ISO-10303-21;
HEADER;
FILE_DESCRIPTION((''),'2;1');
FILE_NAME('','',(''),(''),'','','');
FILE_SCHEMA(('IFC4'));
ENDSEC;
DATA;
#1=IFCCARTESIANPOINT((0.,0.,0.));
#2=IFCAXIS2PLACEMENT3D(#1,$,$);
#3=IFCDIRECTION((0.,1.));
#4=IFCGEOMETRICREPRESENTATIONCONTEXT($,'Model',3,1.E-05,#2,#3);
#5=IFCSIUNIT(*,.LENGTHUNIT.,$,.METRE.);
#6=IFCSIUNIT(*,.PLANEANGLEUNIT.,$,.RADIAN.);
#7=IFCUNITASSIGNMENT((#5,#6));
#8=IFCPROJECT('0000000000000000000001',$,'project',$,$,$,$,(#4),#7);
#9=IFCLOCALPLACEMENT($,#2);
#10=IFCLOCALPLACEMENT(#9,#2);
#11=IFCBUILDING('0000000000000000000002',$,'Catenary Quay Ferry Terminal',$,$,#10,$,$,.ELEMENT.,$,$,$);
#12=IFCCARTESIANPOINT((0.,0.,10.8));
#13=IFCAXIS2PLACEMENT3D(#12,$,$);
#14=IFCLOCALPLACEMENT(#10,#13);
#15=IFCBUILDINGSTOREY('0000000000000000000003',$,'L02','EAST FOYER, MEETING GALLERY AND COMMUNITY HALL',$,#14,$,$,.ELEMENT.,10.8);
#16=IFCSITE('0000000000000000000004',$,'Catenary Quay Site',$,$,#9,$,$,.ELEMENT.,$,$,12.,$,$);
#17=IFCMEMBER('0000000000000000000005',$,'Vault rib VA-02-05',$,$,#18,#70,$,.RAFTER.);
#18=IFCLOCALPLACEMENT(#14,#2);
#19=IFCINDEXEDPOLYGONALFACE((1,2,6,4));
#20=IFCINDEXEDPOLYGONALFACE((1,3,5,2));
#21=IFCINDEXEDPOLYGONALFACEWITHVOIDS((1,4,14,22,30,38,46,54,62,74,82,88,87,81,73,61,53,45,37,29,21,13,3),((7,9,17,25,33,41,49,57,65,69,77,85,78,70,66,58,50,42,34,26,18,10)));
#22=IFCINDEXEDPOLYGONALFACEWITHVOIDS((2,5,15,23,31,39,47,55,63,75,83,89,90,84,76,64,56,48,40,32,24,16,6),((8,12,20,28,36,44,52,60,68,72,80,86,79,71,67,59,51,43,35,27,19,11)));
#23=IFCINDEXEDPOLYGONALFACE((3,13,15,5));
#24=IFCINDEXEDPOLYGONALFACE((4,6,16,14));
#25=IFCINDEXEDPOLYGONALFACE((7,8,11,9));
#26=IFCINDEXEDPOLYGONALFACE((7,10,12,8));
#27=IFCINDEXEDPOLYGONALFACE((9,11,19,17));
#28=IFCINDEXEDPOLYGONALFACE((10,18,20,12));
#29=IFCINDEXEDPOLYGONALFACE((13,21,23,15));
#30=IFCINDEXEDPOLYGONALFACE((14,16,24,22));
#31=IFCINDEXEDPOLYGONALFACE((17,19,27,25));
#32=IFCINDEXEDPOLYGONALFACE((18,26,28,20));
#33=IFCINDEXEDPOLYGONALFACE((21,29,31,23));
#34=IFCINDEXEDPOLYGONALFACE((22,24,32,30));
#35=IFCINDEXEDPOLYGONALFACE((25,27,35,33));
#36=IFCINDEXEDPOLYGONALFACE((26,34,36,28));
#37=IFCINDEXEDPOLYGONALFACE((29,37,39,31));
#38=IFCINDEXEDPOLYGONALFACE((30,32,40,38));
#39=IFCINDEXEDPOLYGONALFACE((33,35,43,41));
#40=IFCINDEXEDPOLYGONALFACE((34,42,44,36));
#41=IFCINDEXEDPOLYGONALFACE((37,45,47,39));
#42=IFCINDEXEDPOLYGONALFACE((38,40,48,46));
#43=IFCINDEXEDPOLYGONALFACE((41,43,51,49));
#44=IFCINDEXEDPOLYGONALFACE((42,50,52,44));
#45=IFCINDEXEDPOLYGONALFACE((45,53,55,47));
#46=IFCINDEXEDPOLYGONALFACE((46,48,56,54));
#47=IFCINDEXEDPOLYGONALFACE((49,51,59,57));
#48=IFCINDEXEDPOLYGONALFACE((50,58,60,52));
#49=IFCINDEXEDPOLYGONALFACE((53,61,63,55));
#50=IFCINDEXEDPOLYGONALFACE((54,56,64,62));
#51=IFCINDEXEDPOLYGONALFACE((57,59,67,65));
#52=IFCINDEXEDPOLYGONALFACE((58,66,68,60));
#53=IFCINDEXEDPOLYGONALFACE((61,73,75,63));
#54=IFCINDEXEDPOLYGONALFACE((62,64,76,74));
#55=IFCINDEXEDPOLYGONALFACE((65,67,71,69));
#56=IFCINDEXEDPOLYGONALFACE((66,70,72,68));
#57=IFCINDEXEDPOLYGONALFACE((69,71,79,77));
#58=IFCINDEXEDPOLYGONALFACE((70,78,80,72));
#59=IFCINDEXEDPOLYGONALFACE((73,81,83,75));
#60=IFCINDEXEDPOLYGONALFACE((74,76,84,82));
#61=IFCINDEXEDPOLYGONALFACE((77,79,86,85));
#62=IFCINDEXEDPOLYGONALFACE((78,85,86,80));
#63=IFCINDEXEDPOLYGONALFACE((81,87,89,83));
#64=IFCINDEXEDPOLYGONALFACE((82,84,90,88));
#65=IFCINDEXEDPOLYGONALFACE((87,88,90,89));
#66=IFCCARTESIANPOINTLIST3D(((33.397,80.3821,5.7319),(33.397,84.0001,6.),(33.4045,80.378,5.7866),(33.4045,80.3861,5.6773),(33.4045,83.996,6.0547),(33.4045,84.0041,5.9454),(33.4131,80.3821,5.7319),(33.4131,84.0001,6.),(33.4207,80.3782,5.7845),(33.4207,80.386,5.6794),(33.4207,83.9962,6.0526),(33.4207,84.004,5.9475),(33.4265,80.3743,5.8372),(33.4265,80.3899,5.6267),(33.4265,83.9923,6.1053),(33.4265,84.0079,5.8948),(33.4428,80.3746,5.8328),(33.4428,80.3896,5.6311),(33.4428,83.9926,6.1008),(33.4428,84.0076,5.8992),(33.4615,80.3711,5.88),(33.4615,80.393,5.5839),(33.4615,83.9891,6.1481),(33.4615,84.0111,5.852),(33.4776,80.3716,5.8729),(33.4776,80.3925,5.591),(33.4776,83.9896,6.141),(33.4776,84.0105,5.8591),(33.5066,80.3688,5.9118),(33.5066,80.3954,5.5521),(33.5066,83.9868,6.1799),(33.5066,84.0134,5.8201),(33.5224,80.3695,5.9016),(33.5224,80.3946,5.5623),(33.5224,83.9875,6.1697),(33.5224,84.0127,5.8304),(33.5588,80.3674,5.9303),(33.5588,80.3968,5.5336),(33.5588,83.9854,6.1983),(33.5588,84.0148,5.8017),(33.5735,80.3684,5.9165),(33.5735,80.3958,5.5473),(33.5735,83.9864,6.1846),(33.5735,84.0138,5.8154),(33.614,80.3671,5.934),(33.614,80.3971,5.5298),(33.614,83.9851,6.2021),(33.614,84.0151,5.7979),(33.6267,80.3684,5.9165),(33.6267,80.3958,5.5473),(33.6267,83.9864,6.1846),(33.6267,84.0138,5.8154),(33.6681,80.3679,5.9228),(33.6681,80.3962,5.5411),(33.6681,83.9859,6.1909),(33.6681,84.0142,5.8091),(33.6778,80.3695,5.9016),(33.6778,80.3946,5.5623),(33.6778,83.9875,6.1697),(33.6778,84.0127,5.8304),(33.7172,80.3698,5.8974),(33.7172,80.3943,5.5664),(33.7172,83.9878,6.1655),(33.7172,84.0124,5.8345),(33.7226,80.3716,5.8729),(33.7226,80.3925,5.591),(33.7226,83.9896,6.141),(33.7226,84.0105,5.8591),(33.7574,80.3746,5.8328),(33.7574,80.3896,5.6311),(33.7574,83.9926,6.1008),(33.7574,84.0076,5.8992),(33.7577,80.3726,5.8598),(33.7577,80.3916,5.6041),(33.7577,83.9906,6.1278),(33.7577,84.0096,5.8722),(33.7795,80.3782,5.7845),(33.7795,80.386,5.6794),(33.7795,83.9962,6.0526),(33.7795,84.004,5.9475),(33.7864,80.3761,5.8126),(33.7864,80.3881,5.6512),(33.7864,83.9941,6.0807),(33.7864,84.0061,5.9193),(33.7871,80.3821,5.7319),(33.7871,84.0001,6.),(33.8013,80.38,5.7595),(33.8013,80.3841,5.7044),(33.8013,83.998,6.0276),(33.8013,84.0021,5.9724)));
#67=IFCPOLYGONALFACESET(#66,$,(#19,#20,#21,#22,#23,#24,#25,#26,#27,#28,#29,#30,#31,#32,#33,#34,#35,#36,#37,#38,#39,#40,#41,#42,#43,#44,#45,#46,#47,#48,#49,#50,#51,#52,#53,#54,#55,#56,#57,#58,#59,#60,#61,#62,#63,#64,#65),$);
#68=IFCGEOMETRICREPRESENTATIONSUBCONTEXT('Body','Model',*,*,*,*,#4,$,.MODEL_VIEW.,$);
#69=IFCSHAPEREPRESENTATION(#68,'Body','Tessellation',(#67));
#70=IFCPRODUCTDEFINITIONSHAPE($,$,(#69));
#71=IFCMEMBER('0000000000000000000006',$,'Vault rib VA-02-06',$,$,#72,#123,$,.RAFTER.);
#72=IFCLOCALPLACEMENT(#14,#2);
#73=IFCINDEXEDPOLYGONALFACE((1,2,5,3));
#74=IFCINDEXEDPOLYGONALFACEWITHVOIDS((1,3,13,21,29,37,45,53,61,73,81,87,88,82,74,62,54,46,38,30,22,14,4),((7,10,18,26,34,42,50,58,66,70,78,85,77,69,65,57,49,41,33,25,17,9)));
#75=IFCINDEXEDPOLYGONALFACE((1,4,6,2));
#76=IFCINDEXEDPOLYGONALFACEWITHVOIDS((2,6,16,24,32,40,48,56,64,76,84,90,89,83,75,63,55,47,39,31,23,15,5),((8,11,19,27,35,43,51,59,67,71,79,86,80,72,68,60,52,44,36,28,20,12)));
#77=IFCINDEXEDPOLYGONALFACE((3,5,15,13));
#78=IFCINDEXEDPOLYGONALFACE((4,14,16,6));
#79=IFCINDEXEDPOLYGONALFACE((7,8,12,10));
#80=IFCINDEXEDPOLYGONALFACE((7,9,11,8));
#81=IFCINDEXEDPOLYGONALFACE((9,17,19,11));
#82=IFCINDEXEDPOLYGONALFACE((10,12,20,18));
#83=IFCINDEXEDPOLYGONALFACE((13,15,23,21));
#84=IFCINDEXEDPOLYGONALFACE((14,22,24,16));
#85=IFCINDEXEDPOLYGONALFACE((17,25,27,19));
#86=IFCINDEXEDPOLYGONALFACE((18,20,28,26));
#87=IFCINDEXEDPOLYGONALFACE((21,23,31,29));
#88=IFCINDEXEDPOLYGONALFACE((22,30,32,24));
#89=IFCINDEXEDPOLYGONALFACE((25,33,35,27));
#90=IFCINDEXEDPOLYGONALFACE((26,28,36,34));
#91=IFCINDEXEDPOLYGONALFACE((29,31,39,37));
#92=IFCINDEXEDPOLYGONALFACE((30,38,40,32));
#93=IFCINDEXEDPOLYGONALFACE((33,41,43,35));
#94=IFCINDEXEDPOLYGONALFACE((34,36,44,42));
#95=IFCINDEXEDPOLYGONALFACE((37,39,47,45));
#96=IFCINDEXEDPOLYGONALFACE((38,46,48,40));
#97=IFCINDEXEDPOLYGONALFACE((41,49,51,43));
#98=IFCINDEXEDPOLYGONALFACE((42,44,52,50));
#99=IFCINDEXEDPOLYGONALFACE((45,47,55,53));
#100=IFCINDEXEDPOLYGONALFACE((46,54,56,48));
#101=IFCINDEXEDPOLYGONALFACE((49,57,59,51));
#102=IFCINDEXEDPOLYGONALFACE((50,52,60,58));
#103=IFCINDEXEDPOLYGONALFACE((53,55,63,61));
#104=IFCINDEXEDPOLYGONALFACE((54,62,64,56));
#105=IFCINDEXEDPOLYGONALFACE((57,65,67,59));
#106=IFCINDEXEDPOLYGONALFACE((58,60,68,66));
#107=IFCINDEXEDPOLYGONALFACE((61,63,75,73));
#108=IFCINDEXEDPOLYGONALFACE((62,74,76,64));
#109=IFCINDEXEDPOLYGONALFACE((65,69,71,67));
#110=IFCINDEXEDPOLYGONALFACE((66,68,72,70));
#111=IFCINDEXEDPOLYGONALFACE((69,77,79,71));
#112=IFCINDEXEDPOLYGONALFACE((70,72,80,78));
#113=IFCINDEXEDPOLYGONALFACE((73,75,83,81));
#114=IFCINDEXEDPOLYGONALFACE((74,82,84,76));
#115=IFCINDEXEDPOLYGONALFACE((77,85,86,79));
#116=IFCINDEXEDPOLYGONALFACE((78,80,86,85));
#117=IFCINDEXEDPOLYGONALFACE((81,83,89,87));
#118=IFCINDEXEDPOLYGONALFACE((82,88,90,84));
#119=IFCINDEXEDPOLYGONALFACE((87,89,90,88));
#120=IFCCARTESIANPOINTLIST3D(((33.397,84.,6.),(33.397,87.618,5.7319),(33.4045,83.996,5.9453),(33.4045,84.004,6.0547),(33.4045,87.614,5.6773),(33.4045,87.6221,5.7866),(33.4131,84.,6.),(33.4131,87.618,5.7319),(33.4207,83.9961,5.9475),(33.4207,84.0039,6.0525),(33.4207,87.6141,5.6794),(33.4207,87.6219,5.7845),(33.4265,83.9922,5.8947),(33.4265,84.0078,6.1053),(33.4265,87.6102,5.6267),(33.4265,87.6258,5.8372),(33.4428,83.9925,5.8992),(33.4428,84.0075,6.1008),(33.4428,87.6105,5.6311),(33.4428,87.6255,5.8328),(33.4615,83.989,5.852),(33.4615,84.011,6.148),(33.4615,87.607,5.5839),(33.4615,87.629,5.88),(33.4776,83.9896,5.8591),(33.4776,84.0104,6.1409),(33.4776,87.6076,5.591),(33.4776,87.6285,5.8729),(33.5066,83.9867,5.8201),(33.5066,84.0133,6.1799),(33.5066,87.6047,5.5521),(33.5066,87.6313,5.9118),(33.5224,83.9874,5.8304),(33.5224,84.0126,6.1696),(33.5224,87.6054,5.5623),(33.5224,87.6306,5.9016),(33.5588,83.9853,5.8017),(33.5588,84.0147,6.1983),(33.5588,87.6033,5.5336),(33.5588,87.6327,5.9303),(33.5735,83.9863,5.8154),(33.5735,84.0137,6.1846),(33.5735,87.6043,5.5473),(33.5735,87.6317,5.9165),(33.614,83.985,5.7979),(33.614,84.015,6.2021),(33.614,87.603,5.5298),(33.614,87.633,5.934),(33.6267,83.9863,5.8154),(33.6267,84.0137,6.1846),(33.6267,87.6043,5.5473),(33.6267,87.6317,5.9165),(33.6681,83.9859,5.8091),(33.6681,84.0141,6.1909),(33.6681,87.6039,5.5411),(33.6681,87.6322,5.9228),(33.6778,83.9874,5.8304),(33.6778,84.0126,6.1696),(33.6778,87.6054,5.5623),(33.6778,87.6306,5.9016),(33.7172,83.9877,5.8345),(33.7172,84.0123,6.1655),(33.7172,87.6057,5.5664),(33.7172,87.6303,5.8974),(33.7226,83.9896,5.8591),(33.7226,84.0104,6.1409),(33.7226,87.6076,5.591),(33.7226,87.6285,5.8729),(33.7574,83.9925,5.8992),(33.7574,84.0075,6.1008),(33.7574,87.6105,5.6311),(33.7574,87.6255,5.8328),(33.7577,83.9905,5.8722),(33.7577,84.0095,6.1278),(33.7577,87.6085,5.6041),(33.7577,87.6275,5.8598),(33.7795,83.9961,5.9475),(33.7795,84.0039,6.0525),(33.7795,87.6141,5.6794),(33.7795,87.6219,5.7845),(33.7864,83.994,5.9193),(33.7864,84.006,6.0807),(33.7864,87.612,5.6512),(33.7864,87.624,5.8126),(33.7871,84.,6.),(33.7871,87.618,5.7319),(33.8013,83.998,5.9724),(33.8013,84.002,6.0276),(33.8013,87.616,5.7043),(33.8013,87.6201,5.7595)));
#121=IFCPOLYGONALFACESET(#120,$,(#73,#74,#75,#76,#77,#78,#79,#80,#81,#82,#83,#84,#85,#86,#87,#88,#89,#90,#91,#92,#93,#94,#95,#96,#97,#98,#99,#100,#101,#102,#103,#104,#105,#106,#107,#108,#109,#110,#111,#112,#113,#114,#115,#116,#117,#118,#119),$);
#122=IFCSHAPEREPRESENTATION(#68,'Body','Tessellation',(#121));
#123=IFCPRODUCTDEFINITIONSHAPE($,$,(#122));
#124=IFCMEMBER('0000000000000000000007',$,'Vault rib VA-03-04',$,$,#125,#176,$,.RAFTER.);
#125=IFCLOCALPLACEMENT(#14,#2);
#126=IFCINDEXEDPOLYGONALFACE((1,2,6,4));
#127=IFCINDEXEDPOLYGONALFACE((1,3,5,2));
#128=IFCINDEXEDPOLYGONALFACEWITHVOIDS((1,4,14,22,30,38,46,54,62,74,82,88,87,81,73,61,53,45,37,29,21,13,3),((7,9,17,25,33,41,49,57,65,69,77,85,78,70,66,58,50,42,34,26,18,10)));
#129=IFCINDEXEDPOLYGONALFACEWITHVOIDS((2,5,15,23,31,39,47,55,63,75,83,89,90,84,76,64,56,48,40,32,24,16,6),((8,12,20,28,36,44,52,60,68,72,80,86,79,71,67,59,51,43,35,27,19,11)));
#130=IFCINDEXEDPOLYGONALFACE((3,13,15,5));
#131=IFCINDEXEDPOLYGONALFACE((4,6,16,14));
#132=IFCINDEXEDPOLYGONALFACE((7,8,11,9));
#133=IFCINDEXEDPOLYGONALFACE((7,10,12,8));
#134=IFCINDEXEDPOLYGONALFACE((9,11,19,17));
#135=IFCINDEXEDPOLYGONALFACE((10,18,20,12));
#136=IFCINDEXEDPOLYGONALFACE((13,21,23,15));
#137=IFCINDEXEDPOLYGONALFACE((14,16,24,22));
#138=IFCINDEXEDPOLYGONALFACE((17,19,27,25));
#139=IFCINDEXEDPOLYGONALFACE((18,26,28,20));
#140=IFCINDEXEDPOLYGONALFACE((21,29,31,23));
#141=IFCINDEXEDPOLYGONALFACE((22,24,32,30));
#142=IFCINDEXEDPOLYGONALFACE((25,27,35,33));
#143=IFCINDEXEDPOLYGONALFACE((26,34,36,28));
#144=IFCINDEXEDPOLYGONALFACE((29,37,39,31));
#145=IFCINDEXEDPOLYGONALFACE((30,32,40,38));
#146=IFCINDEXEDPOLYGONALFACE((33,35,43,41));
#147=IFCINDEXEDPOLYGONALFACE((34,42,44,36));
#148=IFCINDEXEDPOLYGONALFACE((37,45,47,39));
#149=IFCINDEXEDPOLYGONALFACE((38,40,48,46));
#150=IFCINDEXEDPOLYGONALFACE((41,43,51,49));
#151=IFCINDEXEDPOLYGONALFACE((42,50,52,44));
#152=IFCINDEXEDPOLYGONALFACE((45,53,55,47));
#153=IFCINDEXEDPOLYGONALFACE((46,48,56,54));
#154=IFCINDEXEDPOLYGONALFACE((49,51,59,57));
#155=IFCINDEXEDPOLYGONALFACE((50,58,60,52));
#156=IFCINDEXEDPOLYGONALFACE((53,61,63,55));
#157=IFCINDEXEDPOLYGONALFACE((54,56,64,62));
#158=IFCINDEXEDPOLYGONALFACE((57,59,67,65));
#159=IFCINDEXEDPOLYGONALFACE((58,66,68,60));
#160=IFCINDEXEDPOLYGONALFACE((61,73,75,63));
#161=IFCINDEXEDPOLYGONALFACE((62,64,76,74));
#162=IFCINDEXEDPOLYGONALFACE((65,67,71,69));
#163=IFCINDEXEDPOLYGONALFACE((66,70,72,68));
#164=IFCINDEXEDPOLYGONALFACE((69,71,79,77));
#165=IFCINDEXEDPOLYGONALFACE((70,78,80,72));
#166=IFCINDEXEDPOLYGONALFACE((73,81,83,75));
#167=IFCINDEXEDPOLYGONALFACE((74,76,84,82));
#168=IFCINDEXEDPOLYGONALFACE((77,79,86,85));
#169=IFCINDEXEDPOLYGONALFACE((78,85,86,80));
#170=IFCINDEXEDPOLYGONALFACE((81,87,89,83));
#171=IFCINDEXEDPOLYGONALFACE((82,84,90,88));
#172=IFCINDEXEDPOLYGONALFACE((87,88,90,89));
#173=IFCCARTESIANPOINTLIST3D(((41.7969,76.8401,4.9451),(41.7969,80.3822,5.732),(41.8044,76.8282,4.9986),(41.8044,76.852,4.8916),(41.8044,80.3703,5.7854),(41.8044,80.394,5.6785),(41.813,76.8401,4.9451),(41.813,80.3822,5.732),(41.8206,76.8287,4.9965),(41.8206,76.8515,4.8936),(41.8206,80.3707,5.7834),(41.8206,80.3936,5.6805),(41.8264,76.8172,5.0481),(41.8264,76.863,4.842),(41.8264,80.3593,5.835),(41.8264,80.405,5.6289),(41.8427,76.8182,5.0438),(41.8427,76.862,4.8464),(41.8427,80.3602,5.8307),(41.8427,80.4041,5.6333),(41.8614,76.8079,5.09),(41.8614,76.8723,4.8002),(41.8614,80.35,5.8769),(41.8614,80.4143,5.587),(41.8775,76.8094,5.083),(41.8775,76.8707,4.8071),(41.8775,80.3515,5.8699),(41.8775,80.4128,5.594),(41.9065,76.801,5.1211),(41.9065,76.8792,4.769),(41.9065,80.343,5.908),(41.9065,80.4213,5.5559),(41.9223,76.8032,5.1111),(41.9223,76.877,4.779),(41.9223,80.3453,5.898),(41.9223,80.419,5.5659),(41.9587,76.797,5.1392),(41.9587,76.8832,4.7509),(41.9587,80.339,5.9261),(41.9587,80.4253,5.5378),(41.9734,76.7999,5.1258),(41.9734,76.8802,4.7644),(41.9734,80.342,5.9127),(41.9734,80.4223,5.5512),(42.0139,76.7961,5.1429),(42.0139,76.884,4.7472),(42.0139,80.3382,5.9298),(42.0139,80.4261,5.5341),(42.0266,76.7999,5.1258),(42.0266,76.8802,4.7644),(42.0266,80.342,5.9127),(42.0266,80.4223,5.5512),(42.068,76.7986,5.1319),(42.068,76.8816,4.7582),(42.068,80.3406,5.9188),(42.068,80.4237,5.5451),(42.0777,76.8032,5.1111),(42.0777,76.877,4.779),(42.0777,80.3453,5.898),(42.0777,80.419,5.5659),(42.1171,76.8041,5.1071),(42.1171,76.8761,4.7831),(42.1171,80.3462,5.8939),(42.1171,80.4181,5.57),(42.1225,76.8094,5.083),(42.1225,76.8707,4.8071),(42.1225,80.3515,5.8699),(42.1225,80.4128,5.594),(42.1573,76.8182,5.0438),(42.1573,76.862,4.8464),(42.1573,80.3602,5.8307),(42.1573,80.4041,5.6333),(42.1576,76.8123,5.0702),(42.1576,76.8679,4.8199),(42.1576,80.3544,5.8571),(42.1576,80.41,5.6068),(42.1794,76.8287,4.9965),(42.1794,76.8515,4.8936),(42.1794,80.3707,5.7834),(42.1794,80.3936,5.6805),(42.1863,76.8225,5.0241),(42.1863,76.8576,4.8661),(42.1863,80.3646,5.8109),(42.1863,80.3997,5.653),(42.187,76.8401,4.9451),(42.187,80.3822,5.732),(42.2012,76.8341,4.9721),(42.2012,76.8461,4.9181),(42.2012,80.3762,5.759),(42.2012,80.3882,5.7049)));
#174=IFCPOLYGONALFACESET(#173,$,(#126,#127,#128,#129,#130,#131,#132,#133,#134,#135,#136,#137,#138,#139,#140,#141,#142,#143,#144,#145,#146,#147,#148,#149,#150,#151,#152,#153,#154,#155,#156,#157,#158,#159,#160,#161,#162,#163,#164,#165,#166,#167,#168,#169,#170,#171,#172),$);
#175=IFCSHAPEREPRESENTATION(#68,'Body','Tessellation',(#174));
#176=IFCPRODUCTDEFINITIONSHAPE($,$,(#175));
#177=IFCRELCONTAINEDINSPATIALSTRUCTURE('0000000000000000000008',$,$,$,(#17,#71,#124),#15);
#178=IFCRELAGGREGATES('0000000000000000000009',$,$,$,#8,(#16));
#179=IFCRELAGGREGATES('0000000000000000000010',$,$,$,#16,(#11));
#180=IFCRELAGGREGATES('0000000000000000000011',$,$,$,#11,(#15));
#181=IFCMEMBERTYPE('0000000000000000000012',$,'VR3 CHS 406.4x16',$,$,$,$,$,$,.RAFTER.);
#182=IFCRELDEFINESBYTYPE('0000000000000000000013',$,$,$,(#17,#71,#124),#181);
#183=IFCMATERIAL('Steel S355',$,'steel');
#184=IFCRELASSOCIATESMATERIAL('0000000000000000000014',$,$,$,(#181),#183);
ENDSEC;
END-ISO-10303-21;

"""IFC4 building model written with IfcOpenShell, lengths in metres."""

from ifc_helpers import new_model, si_unit, direction, frame, origin, origin_2d, place, context, subcontext, project, spatial, hollow_circle, extrude, material, material_profile, profile_set, type_object, element, save


model = new_model("IFC4")

# Units and contexts
model_context = context("Model", 3, precision=1e-05, world=origin(), true_north=direction((0.0, 1.0)))
body_context = subcontext(model_context, "Body", "Model", "MODEL_VIEW")
ifc_project = project(units=[si_unit("LENGTHUNIT", "METRE"), si_unit("PLANEANGLEUNIT", "RADIAN")], contexts=[model_context])

# Site, building, storey
site_placement = place(None, origin())
site = spatial("IfcSite", under=ifc_project, at=site_placement, Name="Catenary Quay Site", CompositionType="ELEMENT", RefElevation=12.0)
building_placement = place(site_placement, origin())
building = spatial("IfcBuilding", under=site, at=building_placement, Name="Catenary Quay Ferry Terminal", CompositionType="ELEMENT")
storey_placement = place(building_placement, frame((0.0, 0.0, 10.8)))
storey = spatial("IfcBuildingStorey", under=building, at=storey_placement, Name="L02", Description="EAST FOYER, MEETING GALLERY AND COMMUNITY HALL", CompositionType="ELEMENT", Elevation=10.8)

# Members
ifc_material_1 = material(Name="Steel S355", Category="steel")
ifc_material_profile_1 = material_profile(ifc_material_1, hollow_circle(Radius=0.2031, WallThickness=0.0161, at=origin_2d()), Name="CHS 406.4x16")
ifc_profile_set_1 = profile_set([ifc_material_profile_1], Name="Steel S355")
member_type_1 = type_object("IfcMemberType", Name="VR3 CHS 406.4x16", PredefinedType="RAFTER", material=ifc_profile_set_1)
for number, where, z_axis, x_axis, name in (
    (1, (33.6001, 80.3821, 5.7319), (0.0, 0.997266, 0.073892), (-1.0, 0.0, 0.0), "Vault rib VA-02-05"),
    (2, (33.6001, 84.0, 6.0), (0.0, 0.997266, -0.073892), (-1.0, 0.0, 0.0), "Vault rib VA-02-06"),
):
    element("IfcMember", number, at=place(storey_placement, frame(where, z_axis=z_axis, x_axis=x_axis)), inside=storey, type_object=member_type_1, Name=name, PredefinedType="RAFTER", context=body_context, shape_type="SweptSolid", body=[
        extrude(hollow_circle(Radius=0.2031, WallThickness=0.0161, at=origin_2d()), origin(), (0.0, 0.0, 1.0), 3.6279),
    ])
member_1_placement = place(storey_placement, frame((42.0, 76.8401, 4.9451), z_axis=(0.0, 0.976201, 0.216866), x_axis=(-1.0, 0.0, 0.0)))
element("IfcMember", 3, at=member_1_placement, inside=storey, type_object=member_type_1, Name="Vault rib VA-03-04", PredefinedType="RAFTER", context=body_context, shape_type="SweptSolid", body=[
    extrude(hollow_circle(Radius=0.2031, WallThickness=0.0161, at=origin_2d()), origin(), (0.0, 0.0, 1.0), 3.6284),
])

save(model, "model.ifc")
